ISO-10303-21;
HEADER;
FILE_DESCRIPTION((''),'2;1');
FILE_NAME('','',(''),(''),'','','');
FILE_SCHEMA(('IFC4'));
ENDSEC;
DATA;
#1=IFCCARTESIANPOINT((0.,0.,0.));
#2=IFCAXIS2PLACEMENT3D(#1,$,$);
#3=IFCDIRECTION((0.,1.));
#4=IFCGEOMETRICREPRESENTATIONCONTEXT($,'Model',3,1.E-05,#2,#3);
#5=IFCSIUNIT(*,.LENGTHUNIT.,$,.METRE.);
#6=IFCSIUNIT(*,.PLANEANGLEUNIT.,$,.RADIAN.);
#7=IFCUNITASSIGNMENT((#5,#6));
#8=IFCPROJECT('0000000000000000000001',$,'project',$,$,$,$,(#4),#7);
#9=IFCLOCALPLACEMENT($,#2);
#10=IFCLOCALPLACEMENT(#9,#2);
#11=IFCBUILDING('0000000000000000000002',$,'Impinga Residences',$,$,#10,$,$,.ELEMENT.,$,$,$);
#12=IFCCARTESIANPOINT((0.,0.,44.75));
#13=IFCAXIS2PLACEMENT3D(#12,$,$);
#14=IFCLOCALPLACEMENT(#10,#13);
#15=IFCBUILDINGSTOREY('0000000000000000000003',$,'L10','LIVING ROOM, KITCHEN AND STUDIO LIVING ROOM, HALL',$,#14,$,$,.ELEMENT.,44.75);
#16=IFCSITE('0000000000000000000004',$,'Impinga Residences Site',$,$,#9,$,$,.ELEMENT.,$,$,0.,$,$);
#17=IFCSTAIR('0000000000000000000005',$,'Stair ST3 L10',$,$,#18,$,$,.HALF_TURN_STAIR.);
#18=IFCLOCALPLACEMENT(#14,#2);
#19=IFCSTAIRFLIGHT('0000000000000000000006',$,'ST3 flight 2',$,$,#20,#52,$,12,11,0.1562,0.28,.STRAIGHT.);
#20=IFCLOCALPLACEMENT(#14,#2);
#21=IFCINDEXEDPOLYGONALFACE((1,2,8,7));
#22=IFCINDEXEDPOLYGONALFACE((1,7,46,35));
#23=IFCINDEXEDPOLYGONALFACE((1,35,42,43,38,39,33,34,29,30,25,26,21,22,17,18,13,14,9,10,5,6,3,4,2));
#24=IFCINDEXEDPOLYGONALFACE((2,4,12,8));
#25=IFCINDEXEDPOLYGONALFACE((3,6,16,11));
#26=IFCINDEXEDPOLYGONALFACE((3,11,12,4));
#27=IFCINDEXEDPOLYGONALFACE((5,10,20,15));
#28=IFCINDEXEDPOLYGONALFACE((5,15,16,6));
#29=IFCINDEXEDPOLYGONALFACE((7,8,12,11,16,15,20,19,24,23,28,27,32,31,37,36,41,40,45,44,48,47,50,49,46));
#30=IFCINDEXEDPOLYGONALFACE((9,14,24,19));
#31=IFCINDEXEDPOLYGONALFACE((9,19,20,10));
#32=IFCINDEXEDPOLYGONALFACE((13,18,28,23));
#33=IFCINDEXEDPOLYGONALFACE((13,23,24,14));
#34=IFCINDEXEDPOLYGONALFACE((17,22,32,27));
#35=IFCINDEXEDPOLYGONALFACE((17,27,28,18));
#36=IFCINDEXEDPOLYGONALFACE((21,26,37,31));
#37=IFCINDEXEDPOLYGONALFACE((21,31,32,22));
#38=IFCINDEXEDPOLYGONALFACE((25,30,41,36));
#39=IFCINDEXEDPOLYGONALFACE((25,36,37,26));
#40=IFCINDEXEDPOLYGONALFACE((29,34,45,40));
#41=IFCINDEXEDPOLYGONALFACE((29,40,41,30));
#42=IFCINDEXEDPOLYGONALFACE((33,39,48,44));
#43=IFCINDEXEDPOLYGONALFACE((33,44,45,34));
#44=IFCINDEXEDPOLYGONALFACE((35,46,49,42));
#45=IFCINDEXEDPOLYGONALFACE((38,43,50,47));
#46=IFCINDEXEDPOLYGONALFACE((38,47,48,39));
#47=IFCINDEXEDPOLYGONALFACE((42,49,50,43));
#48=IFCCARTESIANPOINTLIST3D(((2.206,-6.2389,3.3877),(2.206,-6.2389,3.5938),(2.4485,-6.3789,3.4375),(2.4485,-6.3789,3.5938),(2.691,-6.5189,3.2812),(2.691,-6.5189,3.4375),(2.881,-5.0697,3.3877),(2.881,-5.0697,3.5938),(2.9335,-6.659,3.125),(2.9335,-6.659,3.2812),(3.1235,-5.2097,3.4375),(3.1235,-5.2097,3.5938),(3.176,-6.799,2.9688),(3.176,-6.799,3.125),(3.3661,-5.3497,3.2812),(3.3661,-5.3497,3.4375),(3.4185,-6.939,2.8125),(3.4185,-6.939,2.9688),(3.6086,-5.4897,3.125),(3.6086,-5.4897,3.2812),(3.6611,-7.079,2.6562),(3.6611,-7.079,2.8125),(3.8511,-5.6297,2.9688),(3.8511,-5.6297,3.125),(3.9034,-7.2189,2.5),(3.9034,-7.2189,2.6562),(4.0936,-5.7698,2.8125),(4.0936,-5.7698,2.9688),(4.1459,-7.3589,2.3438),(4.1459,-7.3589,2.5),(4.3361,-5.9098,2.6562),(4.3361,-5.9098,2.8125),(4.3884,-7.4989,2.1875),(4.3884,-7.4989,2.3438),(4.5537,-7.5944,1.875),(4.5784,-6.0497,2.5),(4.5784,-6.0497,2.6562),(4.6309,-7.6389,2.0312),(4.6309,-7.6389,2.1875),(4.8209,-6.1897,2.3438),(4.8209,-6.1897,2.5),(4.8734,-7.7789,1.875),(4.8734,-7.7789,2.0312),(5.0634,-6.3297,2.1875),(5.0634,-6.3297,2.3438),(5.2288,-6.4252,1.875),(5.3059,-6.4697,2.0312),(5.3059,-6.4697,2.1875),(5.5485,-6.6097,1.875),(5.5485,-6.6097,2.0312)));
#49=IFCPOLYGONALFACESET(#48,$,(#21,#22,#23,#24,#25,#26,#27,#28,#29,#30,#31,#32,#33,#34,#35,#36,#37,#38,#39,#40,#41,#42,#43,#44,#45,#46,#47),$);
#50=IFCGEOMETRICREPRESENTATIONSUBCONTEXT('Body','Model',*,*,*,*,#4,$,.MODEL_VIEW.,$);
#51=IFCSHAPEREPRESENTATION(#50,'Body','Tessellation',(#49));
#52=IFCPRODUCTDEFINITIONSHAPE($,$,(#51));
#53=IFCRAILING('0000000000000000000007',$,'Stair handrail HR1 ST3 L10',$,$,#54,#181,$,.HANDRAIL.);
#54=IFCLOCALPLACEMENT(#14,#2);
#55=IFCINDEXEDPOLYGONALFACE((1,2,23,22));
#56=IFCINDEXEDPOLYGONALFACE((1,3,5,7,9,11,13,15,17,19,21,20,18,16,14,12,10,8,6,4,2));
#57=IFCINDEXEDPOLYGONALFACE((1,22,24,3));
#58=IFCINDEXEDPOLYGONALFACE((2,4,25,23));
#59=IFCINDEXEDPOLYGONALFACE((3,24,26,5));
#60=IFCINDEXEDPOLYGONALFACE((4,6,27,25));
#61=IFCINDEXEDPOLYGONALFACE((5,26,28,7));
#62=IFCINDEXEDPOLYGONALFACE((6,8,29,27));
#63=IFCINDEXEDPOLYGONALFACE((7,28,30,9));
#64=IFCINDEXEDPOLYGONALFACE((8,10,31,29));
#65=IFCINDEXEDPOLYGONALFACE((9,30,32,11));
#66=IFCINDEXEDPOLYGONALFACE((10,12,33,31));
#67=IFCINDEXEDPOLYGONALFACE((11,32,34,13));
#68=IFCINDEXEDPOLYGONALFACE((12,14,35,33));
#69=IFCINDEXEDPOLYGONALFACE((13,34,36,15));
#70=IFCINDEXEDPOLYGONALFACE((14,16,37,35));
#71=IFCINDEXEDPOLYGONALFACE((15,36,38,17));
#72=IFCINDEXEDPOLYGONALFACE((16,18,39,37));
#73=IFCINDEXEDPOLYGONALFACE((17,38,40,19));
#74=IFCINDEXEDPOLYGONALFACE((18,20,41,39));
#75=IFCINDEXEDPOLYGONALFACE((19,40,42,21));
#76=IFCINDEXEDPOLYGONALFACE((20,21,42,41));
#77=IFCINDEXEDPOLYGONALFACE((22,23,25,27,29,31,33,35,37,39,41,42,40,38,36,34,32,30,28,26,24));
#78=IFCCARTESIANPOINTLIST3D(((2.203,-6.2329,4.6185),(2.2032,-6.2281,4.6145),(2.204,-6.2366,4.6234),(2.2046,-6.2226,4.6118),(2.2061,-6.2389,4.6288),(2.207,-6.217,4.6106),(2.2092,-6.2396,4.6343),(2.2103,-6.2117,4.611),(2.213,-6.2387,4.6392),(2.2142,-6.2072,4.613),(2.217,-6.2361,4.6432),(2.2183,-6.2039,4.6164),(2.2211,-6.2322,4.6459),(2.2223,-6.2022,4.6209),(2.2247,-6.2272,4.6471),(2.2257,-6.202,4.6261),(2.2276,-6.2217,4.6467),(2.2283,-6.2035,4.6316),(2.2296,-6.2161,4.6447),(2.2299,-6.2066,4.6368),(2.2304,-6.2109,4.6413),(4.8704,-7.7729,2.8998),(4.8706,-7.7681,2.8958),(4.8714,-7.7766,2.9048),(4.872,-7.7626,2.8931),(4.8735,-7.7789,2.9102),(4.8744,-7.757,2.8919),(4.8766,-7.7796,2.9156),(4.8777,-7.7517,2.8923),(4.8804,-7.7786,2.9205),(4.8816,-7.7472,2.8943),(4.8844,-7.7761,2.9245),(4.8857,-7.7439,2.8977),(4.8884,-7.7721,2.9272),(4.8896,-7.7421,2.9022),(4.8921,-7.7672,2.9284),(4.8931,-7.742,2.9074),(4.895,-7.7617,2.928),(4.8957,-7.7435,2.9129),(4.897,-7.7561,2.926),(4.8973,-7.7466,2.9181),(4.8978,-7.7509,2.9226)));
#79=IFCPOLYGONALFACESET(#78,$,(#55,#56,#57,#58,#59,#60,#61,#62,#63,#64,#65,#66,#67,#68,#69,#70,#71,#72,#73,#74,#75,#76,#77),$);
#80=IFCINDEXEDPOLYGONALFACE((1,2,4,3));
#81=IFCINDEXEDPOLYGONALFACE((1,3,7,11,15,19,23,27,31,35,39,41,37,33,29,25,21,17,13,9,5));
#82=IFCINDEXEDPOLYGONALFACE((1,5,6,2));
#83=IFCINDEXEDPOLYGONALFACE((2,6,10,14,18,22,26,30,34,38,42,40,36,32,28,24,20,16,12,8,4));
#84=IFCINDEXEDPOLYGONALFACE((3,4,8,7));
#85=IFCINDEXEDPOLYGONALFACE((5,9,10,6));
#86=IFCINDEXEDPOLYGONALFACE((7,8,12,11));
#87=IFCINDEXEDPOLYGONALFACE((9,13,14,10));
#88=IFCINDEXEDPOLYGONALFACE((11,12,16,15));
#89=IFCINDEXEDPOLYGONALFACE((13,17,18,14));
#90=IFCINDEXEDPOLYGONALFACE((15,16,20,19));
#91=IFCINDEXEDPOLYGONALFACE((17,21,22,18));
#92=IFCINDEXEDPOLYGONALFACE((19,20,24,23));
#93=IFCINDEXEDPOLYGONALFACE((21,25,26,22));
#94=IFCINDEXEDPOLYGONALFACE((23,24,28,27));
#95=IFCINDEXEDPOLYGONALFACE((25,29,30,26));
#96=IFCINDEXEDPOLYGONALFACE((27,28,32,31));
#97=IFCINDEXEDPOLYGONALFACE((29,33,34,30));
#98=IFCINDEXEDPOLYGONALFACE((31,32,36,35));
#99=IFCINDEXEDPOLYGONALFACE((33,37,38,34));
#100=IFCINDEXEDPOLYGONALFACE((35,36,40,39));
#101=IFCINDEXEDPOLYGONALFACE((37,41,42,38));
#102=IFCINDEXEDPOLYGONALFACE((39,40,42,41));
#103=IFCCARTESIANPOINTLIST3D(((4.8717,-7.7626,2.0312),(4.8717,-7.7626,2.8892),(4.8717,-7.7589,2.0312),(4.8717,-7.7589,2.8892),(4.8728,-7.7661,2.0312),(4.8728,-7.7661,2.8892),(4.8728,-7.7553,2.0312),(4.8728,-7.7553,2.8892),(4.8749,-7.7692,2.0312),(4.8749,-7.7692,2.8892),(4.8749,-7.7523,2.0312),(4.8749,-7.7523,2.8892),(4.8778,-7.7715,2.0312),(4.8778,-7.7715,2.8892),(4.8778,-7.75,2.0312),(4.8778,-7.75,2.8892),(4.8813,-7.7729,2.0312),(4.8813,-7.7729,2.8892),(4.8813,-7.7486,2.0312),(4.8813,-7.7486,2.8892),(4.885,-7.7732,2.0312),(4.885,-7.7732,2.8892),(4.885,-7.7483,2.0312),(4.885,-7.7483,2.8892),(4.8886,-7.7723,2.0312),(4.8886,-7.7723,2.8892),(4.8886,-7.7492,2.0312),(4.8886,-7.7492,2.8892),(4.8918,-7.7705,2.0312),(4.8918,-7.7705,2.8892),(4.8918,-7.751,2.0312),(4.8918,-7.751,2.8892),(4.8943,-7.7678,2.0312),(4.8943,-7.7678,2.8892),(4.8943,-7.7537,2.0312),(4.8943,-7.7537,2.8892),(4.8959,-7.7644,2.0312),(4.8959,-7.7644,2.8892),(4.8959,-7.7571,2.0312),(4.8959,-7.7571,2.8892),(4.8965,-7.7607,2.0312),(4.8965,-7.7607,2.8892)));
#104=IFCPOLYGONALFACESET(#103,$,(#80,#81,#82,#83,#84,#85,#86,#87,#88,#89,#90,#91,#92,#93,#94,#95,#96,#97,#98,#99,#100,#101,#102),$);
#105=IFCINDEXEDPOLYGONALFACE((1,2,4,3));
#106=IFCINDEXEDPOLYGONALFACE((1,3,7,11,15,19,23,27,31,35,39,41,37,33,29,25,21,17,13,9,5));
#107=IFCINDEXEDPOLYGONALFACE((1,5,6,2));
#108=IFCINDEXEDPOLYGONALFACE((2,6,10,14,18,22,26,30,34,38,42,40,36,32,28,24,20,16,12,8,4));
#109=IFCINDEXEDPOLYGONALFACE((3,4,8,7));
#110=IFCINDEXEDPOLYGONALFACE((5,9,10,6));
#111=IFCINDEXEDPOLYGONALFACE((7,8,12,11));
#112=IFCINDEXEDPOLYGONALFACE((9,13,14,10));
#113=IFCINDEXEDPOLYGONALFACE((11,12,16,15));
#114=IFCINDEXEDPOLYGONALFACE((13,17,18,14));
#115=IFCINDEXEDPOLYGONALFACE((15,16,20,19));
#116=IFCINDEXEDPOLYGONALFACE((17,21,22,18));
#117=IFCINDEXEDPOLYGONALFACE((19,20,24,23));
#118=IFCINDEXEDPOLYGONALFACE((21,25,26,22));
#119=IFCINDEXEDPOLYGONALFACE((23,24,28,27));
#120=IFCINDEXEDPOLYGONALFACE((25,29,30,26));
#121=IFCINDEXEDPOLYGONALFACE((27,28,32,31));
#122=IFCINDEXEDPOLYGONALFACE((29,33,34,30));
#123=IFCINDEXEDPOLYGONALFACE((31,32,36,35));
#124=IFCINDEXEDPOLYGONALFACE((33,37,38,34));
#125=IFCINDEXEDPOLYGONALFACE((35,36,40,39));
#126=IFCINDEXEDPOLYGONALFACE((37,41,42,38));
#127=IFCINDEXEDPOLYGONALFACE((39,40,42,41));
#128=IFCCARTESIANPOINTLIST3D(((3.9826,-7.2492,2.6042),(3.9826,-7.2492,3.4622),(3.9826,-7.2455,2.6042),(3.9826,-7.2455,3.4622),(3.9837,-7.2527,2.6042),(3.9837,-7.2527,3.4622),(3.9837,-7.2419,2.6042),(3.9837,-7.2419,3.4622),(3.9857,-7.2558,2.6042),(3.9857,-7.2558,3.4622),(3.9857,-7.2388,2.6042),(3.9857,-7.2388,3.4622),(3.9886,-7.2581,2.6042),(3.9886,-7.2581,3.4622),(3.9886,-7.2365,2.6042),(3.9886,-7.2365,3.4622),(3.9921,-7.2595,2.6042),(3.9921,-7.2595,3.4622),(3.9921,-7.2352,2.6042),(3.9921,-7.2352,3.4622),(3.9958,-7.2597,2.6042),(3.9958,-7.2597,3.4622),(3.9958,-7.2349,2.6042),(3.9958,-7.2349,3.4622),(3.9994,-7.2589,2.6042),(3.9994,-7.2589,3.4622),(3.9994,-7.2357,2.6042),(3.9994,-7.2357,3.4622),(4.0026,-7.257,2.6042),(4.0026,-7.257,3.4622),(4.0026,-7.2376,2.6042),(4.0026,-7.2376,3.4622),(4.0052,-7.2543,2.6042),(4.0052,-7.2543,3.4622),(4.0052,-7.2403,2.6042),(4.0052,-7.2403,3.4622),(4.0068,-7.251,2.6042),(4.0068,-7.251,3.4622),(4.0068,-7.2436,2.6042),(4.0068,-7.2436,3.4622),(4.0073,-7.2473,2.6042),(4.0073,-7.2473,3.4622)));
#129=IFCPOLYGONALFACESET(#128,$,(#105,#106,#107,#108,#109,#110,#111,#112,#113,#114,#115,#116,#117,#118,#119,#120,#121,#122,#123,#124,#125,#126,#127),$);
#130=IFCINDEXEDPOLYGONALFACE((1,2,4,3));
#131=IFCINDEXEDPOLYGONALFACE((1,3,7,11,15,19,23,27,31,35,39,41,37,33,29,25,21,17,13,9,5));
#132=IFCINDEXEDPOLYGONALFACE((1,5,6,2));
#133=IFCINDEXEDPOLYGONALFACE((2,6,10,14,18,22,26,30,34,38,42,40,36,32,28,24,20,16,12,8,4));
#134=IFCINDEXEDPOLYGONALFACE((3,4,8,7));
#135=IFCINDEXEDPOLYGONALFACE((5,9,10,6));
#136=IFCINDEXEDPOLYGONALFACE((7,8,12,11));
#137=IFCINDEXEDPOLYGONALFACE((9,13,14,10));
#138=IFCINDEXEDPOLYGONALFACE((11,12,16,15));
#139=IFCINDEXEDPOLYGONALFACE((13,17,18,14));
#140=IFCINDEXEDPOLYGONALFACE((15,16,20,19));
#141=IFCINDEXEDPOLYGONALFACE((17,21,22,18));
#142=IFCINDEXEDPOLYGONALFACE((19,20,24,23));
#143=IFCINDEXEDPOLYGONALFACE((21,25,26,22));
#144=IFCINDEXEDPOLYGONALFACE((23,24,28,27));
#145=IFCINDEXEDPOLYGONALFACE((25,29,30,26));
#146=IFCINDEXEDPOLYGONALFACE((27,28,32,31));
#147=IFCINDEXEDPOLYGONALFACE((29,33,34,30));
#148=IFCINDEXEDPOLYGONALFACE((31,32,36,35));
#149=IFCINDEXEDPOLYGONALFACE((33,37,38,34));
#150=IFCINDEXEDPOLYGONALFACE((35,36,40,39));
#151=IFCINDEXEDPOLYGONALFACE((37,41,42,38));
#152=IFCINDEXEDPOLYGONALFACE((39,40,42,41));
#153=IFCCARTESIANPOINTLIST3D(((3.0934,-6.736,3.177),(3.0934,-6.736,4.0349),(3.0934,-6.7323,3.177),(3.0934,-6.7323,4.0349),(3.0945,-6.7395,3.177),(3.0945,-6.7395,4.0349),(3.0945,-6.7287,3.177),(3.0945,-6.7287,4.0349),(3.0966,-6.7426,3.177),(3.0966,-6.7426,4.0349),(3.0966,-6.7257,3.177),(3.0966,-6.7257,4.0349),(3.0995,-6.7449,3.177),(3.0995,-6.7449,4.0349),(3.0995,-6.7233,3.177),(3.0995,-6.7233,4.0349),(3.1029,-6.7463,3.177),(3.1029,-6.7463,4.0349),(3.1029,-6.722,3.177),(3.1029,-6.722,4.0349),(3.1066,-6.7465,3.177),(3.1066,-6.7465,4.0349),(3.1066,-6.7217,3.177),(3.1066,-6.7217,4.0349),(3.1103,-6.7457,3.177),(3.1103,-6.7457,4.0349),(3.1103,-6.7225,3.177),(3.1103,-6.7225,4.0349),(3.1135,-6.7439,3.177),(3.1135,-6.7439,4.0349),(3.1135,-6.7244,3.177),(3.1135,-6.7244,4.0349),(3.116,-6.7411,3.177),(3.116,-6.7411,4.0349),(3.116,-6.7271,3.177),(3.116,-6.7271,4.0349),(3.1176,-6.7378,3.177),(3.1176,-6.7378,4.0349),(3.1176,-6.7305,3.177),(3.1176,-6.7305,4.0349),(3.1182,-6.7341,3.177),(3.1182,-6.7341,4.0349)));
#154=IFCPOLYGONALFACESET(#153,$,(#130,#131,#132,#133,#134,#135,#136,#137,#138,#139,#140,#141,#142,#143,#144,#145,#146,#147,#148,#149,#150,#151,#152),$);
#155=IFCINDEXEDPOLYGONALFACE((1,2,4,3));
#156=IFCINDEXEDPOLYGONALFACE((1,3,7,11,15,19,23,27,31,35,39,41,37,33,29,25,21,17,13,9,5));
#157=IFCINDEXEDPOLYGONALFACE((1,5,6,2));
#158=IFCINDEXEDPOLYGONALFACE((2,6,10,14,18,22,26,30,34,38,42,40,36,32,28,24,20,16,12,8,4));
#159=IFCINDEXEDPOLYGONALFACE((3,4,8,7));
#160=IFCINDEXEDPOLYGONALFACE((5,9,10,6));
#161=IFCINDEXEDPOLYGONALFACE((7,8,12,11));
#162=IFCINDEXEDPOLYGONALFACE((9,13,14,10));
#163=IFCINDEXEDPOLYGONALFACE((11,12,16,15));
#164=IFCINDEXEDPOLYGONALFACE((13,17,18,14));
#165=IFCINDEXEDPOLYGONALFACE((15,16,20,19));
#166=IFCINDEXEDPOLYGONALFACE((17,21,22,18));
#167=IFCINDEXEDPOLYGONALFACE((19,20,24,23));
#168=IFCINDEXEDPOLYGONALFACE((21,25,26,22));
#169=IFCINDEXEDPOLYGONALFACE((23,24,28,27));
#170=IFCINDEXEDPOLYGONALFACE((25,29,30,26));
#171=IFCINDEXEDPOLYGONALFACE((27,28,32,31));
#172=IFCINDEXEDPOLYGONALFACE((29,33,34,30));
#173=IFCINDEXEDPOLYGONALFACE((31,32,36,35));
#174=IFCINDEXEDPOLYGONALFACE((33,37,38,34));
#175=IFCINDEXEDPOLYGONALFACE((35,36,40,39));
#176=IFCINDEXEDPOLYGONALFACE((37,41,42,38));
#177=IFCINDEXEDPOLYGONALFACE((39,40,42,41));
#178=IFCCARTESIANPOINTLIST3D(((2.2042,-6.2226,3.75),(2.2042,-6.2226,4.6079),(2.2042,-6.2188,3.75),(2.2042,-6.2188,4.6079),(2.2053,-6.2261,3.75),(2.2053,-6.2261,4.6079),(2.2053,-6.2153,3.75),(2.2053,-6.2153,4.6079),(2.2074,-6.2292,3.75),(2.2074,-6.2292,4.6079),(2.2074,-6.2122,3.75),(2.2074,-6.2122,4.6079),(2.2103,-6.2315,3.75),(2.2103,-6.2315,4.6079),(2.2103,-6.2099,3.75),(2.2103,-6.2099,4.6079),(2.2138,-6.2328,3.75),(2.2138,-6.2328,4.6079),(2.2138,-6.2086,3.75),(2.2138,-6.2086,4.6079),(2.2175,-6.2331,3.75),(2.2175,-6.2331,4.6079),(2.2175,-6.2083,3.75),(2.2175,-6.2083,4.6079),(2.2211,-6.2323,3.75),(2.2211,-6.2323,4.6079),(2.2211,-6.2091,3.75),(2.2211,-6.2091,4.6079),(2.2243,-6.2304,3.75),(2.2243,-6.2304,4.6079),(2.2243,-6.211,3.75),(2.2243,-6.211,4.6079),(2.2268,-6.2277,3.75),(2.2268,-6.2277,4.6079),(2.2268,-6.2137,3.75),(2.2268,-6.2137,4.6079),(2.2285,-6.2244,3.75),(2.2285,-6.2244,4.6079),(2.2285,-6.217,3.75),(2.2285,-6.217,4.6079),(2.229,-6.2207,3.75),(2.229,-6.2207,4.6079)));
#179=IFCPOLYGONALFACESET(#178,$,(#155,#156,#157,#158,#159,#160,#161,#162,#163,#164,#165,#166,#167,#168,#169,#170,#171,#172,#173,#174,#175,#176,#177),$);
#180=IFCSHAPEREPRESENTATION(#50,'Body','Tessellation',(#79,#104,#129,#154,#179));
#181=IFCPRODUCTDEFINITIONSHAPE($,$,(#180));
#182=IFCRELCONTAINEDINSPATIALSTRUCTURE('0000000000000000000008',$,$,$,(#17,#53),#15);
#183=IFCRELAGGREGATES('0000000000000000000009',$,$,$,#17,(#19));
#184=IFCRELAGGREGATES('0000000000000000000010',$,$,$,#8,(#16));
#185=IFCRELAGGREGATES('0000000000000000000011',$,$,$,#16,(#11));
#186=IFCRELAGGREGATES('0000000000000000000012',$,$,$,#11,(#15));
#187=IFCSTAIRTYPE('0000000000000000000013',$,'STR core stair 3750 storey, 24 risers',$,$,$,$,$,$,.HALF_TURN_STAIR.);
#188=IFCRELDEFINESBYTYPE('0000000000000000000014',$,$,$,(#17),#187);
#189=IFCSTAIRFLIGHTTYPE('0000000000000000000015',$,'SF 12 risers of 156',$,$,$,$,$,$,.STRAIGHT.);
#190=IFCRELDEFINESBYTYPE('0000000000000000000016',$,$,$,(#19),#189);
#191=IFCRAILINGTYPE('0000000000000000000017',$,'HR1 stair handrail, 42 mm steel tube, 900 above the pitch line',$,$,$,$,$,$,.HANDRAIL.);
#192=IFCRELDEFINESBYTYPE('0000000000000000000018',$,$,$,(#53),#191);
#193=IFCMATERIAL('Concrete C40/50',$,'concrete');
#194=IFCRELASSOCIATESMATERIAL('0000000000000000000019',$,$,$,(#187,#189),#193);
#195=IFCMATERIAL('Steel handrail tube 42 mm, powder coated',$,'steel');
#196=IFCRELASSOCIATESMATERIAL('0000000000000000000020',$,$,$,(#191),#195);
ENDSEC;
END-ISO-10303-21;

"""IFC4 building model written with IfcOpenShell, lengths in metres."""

from ifc_helpers import new_model, si_unit, direction, frame, origin, origin_2d, place, context, subcontext, project, spatial, polyline, circle, outline, extrude, material, type_object, element, aggregate, save


model = new_model("IFC4")

# Units and contexts
model_context = context("Model", 3, precision=1e-05, world=origin(), true_north=direction((0.0, 1.0)))
body_context = subcontext(model_context, "Body", "Model", "MODEL_VIEW")
ifc_project = project(units=[si_unit("LENGTHUNIT", "METRE"), si_unit("PLANEANGLEUNIT", "RADIAN")], contexts=[model_context])

# Site, building, storey
site_placement = place(None, origin())
site = spatial("IfcSite", under=ifc_project, at=site_placement, Name="Impinga Residences Site", CompositionType="ELEMENT", RefElevation=0.0)
building_placement = place(site_placement, origin())
building = spatial("IfcBuilding", under=site, at=building_placement, Name="Impinga Residences", CompositionType="ELEMENT")
storey_placement = place(building_placement, frame((0.0, 0.0, 44.75)))
storey = spatial("IfcBuildingStorey", under=building, at=storey_placement, Name="L10", Description="LIVING ROOM, KITCHEN AND STUDIO LIVING ROOM, HALL", CompositionType="ELEMENT", Elevation=44.75)

# Stair, stair flight
ifc_material_1 = material(Name="Concrete C40/50", Category="concrete")
stair_type = type_object("IfcStairType", Name="STR core stair 3750 storey, 24 risers", PredefinedType="HALF_TURN_STAIR", material=ifc_material_1)
stair_placement = place(storey_placement, origin())
stair = element("IfcStair", 1, at=stair_placement, inside=storey, type_object=stair_type, Name="Stair ST3 L10", PredefinedType="HALF_TURN_STAIR")
stair_flight_type = type_object("IfcStairFlightType", Name="SF 12 risers of 156", PredefinedType="STRAIGHT", material=ifc_material_1)
stair_flight_placement = place(storey_placement, frame((5.2109, -7.1943, 1.875), z_axis=(0.0, 0.0, 1.0), x_axis=(-0.866025, 0.5, 0.0)))
stair_flight = element("IfcStairFlight", 2, at=stair_flight_placement, type_object=stair_flight_type, Name="ST3 flight 2", NumberOfRisers=12, NumberOfTreads=11, PredefinedType="STRAIGHT", RiserHeight=0.1562, TreadLength=0.28, context=body_context, shape_type="SweptSolid", body=[
    extrude(outline(polyline([(0.0, 0.0), (0.0, 0.1562), (0.28, 0.1562), (0.28, 0.3125), (0.5601, 0.3125), (0.5601, 0.4688), (0.8401, 0.4688), (0.8401, 0.625), (1.1201, 0.625), (1.1201, 0.7812), (1.3999, 0.7812), (1.3999, 0.9375), (1.6799, 0.9375), (1.6799, 1.0938), (1.96, 1.0938), (1.96, 1.25), (2.24, 1.25), (2.24, 1.4062), (2.52, 1.4062), (2.52, 1.5625), (2.8, 1.5625), (2.8, 1.7188), (3.0801, 1.7188), (3.0801, 1.875), (3.0801, 1.5127), (0.3691, 0.0), (0.0, 0.0)])), frame((0.0, 0.675, 0.0), z_axis=(0.0, -1.0, 0.0), x_axis=(1.0, 0.0, 0.0)), (0.0, 0.0, 1.0), 1.3501),
])
aggregate(stair, [stair_flight])

# Railing
ifc_material_2 = material(Name="Steel handrail tube 42 mm, powder coated", Category="steel")
railing_type = type_object("IfcRailingType", Name="HR1 stair handrail, 42 mm steel tube, 900 above the pitch line", PredefinedType="HANDRAIL", material=ifc_material_2)
railing_placement = place(storey_placement, frame((4.884, -7.7607, 2.0312)))
element("IfcRailing", 3, at=railing_placement, inside=storey, type_object=railing_type, Name="Stair handrail HR1 ST3 L10", PredefinedType="HANDRAIL", context=body_context, shape_type="SweptSolid", body=[
    extrude(circle(Radius=0.021, at=origin_2d()), frame((0.0, 0.0, 0.8789), z_axis=(-0.756256, 0.436616, 0.487282), x_axis=(-0.499992, -0.86603, 0.0)), (0.0, 0.0, 1.0), 3.5271),
    extrude(circle(Radius=0.0125, at=origin_2d()), origin(), (0.0, 0.0, 1.0), 0.8579),
    extrude(circle(Radius=0.0125, at=origin_2d()), frame((-0.8892, 0.5134, 0.573)), (0.0, 0.0, 1.0), 0.8579),
    extrude(circle(Radius=0.0125, at=origin_2d()), frame((-1.7783, 1.0266, 1.1458)), (0.0, 0.0, 1.0), 0.8579),
    extrude(circle(Radius=0.0125, at=origin_2d()), frame((-2.6675, 1.54, 1.7188)), (0.0, 0.0, 1.0), 0.8579),
])

save(model, "model.ifc")
